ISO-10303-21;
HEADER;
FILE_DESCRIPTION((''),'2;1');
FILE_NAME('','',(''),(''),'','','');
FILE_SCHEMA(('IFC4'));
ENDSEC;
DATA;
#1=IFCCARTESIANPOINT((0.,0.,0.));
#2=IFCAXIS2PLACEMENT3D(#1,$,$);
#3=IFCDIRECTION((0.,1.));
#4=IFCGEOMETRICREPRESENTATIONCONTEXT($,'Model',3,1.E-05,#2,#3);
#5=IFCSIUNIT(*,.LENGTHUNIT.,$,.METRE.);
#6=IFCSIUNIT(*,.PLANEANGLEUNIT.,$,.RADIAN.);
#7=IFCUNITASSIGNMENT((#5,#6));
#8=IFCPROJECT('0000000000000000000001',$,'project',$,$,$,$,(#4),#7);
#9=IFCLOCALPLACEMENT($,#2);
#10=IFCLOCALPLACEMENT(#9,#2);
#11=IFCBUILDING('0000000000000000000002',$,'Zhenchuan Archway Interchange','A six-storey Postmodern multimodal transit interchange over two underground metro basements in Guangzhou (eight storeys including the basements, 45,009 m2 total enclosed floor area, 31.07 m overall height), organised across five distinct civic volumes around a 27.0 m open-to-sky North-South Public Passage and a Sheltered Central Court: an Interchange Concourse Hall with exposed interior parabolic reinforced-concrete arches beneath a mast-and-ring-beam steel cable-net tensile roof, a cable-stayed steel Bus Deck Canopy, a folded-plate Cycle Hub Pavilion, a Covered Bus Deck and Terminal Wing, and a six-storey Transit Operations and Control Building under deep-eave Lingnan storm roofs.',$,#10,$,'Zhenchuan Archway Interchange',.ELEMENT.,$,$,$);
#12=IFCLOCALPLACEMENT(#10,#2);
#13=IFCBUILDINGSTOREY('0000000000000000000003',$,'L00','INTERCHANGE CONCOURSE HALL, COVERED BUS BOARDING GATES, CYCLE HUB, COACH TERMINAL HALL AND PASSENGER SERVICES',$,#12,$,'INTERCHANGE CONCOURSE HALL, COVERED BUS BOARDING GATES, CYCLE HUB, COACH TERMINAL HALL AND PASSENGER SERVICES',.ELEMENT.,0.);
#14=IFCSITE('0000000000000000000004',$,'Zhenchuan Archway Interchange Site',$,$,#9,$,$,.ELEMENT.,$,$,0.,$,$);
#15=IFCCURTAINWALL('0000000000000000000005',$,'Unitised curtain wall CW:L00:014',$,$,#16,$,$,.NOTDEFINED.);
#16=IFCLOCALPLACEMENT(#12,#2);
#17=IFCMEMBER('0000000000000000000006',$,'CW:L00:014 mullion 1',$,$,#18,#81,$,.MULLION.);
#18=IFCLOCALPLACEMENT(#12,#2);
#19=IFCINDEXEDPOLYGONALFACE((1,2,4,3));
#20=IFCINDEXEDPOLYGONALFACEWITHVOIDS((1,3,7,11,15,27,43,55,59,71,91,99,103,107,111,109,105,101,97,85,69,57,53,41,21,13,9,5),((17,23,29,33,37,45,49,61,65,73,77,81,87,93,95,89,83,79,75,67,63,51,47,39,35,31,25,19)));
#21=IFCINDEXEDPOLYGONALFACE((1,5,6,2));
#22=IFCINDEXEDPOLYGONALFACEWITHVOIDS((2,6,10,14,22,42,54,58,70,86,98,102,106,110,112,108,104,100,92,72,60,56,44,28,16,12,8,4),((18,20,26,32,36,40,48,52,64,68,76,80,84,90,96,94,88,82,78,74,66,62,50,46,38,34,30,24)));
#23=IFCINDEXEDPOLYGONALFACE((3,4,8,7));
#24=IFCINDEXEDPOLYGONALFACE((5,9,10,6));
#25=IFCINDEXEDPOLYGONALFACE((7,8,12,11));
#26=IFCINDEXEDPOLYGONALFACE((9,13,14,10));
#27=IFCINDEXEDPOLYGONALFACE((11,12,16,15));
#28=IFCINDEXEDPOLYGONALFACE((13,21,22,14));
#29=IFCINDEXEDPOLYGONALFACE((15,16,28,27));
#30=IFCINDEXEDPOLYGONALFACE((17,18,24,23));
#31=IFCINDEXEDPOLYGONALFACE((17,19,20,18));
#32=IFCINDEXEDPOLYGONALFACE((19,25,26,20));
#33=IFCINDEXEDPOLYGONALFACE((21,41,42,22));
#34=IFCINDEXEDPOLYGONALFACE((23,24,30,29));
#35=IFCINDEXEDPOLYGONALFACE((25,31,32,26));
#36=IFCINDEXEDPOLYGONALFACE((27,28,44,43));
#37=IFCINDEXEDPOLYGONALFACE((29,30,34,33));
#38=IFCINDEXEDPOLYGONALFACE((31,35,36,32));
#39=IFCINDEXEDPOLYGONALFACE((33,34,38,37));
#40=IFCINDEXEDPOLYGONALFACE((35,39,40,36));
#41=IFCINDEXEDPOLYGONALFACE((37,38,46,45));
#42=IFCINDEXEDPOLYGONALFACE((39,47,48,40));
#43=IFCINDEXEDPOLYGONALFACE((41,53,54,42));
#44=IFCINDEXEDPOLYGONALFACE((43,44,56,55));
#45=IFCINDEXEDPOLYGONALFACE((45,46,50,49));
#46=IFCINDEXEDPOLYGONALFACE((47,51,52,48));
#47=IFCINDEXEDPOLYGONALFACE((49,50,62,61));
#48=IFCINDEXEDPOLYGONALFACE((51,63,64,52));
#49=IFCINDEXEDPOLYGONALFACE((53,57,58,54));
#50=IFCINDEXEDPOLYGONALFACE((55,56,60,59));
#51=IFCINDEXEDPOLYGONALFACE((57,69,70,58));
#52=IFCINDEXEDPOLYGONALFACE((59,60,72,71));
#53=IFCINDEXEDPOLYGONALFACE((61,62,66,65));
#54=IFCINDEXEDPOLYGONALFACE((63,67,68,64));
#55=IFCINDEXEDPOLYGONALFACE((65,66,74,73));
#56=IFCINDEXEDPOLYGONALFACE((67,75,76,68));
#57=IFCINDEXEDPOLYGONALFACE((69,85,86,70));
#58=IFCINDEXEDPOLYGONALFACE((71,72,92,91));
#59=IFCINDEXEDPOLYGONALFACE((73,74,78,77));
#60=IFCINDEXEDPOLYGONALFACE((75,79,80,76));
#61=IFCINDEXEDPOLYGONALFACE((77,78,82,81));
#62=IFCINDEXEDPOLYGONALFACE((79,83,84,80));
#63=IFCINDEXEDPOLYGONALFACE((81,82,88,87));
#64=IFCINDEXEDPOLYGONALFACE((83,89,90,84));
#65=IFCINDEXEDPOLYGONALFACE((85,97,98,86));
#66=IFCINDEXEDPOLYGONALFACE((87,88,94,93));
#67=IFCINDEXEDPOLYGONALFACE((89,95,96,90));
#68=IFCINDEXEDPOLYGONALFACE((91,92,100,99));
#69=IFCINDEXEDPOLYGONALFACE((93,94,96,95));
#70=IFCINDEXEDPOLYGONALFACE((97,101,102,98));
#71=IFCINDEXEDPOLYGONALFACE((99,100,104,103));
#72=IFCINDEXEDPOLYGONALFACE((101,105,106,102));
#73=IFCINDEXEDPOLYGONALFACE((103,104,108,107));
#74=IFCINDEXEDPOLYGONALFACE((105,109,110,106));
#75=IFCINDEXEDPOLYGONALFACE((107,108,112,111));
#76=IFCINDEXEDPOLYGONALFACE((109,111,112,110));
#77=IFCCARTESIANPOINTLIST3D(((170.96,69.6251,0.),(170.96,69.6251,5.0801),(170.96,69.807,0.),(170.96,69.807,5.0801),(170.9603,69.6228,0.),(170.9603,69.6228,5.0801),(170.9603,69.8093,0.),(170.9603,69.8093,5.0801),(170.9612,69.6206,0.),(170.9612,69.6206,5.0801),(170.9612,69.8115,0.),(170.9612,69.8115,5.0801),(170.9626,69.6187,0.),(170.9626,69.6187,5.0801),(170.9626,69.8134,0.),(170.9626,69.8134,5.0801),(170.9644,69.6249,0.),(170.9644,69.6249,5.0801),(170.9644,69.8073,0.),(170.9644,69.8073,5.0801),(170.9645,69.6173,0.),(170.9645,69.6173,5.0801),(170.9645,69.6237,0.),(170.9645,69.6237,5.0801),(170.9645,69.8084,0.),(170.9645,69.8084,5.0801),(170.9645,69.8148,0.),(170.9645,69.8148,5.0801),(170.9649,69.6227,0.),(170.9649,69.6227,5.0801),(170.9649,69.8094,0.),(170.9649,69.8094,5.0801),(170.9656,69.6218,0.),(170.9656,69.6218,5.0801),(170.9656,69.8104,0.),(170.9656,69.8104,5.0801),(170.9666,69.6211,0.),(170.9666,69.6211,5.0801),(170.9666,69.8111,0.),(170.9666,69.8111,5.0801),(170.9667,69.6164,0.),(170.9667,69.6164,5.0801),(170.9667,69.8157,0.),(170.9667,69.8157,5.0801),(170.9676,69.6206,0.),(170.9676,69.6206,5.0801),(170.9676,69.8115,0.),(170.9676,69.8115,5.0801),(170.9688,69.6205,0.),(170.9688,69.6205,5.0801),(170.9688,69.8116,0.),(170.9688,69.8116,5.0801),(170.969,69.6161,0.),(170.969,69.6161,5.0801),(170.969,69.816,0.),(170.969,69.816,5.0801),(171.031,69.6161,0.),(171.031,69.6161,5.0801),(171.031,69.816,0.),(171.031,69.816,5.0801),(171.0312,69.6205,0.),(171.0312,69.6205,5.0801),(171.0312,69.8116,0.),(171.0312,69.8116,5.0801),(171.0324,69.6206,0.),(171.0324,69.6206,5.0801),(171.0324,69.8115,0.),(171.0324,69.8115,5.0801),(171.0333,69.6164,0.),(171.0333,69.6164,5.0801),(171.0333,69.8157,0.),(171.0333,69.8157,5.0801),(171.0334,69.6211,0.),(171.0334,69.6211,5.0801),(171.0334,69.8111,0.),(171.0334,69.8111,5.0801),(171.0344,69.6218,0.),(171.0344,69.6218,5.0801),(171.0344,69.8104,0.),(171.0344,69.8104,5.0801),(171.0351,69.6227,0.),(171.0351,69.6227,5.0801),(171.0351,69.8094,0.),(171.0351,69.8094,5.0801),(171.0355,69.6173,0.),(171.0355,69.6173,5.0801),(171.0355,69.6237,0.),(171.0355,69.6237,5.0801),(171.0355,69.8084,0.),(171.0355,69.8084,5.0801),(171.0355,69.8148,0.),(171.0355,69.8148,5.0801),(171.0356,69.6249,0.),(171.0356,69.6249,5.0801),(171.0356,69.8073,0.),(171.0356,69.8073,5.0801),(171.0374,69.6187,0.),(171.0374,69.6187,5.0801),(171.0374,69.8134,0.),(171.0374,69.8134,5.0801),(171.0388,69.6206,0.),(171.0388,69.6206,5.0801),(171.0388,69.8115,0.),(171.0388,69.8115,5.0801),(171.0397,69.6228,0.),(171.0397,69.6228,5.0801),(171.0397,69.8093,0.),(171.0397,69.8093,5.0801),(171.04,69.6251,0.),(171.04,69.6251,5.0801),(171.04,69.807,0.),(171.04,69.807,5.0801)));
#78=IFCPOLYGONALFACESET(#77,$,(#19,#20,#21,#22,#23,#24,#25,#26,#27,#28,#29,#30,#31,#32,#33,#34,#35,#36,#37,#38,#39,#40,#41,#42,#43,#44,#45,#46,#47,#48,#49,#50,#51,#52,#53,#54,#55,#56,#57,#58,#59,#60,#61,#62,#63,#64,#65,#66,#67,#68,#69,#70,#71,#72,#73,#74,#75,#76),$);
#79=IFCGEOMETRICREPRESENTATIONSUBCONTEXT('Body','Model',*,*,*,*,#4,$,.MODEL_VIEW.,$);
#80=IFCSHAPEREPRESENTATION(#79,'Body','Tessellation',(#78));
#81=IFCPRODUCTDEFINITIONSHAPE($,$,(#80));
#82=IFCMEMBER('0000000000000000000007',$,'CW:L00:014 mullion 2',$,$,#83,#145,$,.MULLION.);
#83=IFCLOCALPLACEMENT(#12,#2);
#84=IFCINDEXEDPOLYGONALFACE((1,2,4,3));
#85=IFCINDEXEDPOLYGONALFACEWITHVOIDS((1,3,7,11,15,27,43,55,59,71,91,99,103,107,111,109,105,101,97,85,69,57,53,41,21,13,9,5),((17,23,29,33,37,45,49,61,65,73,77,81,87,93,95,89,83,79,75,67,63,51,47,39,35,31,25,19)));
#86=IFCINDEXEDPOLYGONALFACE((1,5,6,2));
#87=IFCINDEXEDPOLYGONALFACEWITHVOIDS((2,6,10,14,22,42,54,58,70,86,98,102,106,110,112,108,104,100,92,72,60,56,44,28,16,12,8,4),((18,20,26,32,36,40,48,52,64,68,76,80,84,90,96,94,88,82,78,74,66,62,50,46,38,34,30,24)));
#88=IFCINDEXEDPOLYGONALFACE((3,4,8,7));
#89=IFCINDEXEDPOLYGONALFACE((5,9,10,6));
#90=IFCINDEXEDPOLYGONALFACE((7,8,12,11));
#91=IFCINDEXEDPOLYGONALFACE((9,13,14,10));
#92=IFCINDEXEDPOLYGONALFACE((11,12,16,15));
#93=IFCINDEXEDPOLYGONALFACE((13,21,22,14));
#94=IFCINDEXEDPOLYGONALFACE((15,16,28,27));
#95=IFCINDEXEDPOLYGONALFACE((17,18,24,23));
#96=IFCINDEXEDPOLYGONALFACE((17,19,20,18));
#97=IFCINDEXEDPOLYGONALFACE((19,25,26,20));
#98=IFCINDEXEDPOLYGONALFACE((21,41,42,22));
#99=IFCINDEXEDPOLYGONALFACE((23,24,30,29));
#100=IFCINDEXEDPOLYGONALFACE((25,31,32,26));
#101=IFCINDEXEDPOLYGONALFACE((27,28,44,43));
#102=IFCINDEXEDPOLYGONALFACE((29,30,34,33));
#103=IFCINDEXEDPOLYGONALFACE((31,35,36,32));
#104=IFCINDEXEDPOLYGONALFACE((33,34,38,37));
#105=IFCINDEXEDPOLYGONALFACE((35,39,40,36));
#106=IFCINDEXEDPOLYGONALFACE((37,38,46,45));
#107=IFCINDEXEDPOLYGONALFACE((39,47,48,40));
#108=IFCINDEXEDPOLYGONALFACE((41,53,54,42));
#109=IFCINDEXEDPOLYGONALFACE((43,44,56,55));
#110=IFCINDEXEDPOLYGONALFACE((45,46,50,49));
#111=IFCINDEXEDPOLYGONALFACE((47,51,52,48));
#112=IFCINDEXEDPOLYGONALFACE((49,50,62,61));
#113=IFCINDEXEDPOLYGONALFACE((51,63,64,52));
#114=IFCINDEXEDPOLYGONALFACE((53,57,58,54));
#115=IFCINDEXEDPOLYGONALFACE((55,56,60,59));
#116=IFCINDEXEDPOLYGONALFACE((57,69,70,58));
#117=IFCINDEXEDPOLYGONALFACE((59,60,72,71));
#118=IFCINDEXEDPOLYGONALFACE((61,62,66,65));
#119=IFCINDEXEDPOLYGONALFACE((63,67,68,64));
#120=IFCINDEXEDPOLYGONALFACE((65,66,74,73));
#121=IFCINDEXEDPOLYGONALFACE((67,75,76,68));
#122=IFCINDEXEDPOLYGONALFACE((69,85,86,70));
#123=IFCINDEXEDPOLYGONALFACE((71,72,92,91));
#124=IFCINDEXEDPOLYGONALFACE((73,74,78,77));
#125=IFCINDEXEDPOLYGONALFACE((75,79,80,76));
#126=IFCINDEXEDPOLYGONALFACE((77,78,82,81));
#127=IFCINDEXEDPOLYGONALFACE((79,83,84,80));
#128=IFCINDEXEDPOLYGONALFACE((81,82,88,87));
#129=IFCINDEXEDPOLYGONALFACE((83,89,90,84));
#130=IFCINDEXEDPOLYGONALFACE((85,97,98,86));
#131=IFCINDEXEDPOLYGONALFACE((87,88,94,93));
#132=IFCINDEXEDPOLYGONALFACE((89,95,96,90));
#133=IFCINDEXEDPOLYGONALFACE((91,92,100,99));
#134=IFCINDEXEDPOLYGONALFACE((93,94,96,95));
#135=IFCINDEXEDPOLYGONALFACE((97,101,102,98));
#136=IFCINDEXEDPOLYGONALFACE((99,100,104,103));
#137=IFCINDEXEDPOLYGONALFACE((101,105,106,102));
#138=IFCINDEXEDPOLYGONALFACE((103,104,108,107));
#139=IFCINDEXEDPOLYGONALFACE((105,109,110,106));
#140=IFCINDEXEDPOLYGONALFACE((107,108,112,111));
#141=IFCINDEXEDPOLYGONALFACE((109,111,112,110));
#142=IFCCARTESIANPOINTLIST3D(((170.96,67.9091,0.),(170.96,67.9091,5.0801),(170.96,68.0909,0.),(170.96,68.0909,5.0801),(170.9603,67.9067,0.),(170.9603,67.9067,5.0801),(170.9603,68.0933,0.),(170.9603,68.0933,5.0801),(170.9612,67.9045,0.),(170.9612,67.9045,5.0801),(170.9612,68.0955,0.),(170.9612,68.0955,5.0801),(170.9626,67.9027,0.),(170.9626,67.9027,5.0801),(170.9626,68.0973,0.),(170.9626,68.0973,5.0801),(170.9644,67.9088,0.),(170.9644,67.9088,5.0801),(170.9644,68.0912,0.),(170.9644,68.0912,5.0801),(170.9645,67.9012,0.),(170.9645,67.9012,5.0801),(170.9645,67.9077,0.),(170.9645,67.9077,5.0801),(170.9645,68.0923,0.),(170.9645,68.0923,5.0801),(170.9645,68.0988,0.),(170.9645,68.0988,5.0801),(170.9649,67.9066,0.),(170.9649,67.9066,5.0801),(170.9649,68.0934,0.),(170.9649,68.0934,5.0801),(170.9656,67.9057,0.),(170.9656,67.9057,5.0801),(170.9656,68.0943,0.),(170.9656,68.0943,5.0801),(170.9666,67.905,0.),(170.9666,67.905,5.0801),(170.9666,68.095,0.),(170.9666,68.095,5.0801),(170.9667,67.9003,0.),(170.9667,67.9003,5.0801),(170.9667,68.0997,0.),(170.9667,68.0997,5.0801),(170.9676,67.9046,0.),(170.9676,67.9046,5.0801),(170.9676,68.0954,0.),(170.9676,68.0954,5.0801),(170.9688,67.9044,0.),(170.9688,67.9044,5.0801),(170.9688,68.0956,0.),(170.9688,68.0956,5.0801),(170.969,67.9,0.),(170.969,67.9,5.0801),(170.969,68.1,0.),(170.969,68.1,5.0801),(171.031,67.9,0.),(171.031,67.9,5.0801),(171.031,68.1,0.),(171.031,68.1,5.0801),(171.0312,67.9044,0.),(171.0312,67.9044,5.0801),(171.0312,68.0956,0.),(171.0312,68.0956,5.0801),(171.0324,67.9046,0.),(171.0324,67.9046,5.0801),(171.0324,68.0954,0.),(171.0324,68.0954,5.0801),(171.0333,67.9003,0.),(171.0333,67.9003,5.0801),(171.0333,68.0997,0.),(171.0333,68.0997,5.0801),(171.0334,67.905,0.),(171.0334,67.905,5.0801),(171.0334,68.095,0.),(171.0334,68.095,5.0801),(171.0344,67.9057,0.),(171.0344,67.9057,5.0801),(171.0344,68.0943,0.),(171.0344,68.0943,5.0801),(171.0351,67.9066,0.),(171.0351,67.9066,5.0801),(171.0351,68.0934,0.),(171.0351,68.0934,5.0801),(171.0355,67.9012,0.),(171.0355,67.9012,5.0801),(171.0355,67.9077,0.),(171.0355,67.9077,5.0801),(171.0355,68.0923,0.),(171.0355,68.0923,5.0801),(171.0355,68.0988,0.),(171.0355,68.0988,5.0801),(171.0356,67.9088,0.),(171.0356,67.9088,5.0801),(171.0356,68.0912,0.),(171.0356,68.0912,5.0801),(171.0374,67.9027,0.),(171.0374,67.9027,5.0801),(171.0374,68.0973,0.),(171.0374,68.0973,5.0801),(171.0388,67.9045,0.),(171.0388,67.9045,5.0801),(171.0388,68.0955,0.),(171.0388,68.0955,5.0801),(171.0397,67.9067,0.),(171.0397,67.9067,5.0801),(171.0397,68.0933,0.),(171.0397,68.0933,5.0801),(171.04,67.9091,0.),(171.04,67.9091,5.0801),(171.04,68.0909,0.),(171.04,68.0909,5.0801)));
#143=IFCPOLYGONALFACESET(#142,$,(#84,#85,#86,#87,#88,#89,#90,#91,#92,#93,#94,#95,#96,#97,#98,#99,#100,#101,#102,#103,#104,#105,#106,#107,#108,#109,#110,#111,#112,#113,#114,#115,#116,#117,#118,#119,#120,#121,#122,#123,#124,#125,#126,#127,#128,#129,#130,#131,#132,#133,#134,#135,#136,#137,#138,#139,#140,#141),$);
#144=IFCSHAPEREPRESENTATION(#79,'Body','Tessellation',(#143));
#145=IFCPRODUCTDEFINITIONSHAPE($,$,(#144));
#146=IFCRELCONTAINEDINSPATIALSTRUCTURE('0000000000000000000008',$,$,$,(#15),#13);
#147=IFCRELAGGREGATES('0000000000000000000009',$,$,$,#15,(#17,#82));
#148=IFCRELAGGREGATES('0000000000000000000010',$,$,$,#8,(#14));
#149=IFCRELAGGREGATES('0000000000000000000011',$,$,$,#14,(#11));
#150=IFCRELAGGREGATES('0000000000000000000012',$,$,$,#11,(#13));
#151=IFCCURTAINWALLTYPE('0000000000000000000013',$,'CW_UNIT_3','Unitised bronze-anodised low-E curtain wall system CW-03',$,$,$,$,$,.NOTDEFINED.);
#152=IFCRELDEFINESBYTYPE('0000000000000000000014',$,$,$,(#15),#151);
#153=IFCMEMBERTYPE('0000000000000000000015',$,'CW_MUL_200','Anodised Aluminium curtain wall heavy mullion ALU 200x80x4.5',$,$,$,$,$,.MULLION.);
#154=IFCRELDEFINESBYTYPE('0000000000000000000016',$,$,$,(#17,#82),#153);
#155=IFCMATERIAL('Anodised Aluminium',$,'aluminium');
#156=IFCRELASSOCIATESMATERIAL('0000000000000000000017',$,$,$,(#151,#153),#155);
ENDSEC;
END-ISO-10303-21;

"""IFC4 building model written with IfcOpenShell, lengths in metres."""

from ifc_helpers import new_model, si_unit, direction, frame, origin, origin_2d, place, context, subcontext, project, spatial, hollow_rectangle, extrude, material, material_profile, profile_set, type_object, element, aggregate, save


model = new_model("IFC4")

# Units and contexts
model_context = context("Model", 3, precision=1e-05, world=origin(), true_north=direction((0.0, 1.0)))
body_context = subcontext(model_context, "Body", "Model", "MODEL_VIEW")
ifc_project = project(units=[si_unit("LENGTHUNIT", "METRE"), si_unit("PLANEANGLEUNIT", "RADIAN")], contexts=[model_context])

# Site, building, storey
site_placement = place(None, origin())
site = spatial("IfcSite", under=ifc_project, at=site_placement, Name="Zhenchuan Archway Interchange Site", CompositionType="ELEMENT", RefElevation=0.0)
building_placement = place(site_placement, origin())
building = spatial("IfcBuilding", under=site, at=building_placement, Name="Zhenchuan Archway Interchange", Description="A six-storey Postmodern multimodal transit interchange over two underground metro basements in Guangzhou (eight storeys including the basements, 45,009 m2 total enclosed floor area, 31.07 m overall height), organised across five distinct civic volumes around a 27.0 m open-to-sky North-South Public Passage and a Sheltered Central Court: an Interchange Concourse Hall with exposed interior parabolic reinforced-concrete arches beneath a mast-and-ring-beam steel cable-net tensile roof, a cable-stayed steel Bus Deck Canopy, a folded-plate Cycle Hub Pavilion, a Covered Bus Deck and Terminal Wing, and a six-storey Transit Operations and Control Building under deep-eave Lingnan storm roofs.", LongName="Zhenchuan Archway Interchange", CompositionType="ELEMENT")
storey_placement = place(building_placement, origin())
storey = spatial("IfcBuildingStorey", under=building, at=storey_placement, Name="L00", Description="INTERCHANGE CONCOURSE HALL, COVERED BUS BOARDING GATES, CYCLE HUB, COACH TERMINAL HALL AND PASSENGER SERVICES", LongName="INTERCHANGE CONCOURSE HALL, COVERED BUS BOARDING GATES, CYCLE HUB, COACH TERMINAL HALL AND PASSENGER SERVICES", CompositionType="ELEMENT", Elevation=0.0)

# Curtain wall, members
ifc_material_1 = material(Name="Anodised Aluminium", Category="aluminium")
curtain_wall_type = type_object("IfcCurtainWallType", Name="CW_UNIT_3", Description="Unitised bronze-anodised low-E curtain wall system CW-03", PredefinedType="NOTDEFINED", material=ifc_material_1)
curtain_wall_placement = place(storey_placement, origin())
curtain_wall = element("IfcCurtainWall", 1, at=curtain_wall_placement, inside=storey, type_object=curtain_wall_type, Name="Unitised curtain wall CW:L00:014", PredefinedType="NOTDEFINED")
ifc_material_profile_1 = material_profile(ifc_material_1, hollow_rectangle(XDim=0.0801, YDim=0.2, WallThickness=0.0044, InnerFilletRadius=0.0044, OuterFilletRadius=0.009, at=origin_2d()), Name="ALU 200x80x4.5")
ifc_profile_set_1 = profile_set([ifc_material_profile_1], Name="Anodised Aluminium")
member_type_1 = type_object("IfcMemberType", Name="CW_MUL_200", Description="Anodised Aluminium curtain wall heavy mullion ALU 200x80x4.5", PredefinedType="MULLION", material=ifc_profile_set_1)
member_1_placement = place(storey_placement, frame((171.0, 69.7161, 0.0), z_axis=(0.0, 0.0, 1.0), x_axis=(1.0, 0.0, 0.0)))
member_1 = element("IfcMember", 2, at=member_1_placement, type_object=member_type_1, Name="CW:L00:014 mullion 1", PredefinedType="MULLION", context=body_context, shape_type="SweptSolid", body=[
    extrude(hollow_rectangle(XDim=0.0801, YDim=0.2, WallThickness=0.0044, InnerFilletRadius=0.0044, OuterFilletRadius=0.009, at=origin_2d()), origin(), (0.0, 0.0, 1.0), 5.0801),
])
member_2_placement = place(storey_placement, frame((171.0, 68.0, 0.0), z_axis=(0.0, 0.0, 1.0), x_axis=(1.0, 0.0, 0.0)))
member_2 = element("IfcMember", 3, at=member_2_placement, type_object=member_type_1, Name="CW:L00:014 mullion 2", PredefinedType="MULLION", context=body_context, shape_type="SweptSolid", body=[
    extrude(hollow_rectangle(XDim=0.0801, YDim=0.2, WallThickness=0.0044, InnerFilletRadius=0.0044, OuterFilletRadius=0.009, at=origin_2d()), origin(), (0.0, 0.0, 1.0), 5.0801),
])
aggregate(curtain_wall, [member_1, member_2])

save(model, "model.ifc")
